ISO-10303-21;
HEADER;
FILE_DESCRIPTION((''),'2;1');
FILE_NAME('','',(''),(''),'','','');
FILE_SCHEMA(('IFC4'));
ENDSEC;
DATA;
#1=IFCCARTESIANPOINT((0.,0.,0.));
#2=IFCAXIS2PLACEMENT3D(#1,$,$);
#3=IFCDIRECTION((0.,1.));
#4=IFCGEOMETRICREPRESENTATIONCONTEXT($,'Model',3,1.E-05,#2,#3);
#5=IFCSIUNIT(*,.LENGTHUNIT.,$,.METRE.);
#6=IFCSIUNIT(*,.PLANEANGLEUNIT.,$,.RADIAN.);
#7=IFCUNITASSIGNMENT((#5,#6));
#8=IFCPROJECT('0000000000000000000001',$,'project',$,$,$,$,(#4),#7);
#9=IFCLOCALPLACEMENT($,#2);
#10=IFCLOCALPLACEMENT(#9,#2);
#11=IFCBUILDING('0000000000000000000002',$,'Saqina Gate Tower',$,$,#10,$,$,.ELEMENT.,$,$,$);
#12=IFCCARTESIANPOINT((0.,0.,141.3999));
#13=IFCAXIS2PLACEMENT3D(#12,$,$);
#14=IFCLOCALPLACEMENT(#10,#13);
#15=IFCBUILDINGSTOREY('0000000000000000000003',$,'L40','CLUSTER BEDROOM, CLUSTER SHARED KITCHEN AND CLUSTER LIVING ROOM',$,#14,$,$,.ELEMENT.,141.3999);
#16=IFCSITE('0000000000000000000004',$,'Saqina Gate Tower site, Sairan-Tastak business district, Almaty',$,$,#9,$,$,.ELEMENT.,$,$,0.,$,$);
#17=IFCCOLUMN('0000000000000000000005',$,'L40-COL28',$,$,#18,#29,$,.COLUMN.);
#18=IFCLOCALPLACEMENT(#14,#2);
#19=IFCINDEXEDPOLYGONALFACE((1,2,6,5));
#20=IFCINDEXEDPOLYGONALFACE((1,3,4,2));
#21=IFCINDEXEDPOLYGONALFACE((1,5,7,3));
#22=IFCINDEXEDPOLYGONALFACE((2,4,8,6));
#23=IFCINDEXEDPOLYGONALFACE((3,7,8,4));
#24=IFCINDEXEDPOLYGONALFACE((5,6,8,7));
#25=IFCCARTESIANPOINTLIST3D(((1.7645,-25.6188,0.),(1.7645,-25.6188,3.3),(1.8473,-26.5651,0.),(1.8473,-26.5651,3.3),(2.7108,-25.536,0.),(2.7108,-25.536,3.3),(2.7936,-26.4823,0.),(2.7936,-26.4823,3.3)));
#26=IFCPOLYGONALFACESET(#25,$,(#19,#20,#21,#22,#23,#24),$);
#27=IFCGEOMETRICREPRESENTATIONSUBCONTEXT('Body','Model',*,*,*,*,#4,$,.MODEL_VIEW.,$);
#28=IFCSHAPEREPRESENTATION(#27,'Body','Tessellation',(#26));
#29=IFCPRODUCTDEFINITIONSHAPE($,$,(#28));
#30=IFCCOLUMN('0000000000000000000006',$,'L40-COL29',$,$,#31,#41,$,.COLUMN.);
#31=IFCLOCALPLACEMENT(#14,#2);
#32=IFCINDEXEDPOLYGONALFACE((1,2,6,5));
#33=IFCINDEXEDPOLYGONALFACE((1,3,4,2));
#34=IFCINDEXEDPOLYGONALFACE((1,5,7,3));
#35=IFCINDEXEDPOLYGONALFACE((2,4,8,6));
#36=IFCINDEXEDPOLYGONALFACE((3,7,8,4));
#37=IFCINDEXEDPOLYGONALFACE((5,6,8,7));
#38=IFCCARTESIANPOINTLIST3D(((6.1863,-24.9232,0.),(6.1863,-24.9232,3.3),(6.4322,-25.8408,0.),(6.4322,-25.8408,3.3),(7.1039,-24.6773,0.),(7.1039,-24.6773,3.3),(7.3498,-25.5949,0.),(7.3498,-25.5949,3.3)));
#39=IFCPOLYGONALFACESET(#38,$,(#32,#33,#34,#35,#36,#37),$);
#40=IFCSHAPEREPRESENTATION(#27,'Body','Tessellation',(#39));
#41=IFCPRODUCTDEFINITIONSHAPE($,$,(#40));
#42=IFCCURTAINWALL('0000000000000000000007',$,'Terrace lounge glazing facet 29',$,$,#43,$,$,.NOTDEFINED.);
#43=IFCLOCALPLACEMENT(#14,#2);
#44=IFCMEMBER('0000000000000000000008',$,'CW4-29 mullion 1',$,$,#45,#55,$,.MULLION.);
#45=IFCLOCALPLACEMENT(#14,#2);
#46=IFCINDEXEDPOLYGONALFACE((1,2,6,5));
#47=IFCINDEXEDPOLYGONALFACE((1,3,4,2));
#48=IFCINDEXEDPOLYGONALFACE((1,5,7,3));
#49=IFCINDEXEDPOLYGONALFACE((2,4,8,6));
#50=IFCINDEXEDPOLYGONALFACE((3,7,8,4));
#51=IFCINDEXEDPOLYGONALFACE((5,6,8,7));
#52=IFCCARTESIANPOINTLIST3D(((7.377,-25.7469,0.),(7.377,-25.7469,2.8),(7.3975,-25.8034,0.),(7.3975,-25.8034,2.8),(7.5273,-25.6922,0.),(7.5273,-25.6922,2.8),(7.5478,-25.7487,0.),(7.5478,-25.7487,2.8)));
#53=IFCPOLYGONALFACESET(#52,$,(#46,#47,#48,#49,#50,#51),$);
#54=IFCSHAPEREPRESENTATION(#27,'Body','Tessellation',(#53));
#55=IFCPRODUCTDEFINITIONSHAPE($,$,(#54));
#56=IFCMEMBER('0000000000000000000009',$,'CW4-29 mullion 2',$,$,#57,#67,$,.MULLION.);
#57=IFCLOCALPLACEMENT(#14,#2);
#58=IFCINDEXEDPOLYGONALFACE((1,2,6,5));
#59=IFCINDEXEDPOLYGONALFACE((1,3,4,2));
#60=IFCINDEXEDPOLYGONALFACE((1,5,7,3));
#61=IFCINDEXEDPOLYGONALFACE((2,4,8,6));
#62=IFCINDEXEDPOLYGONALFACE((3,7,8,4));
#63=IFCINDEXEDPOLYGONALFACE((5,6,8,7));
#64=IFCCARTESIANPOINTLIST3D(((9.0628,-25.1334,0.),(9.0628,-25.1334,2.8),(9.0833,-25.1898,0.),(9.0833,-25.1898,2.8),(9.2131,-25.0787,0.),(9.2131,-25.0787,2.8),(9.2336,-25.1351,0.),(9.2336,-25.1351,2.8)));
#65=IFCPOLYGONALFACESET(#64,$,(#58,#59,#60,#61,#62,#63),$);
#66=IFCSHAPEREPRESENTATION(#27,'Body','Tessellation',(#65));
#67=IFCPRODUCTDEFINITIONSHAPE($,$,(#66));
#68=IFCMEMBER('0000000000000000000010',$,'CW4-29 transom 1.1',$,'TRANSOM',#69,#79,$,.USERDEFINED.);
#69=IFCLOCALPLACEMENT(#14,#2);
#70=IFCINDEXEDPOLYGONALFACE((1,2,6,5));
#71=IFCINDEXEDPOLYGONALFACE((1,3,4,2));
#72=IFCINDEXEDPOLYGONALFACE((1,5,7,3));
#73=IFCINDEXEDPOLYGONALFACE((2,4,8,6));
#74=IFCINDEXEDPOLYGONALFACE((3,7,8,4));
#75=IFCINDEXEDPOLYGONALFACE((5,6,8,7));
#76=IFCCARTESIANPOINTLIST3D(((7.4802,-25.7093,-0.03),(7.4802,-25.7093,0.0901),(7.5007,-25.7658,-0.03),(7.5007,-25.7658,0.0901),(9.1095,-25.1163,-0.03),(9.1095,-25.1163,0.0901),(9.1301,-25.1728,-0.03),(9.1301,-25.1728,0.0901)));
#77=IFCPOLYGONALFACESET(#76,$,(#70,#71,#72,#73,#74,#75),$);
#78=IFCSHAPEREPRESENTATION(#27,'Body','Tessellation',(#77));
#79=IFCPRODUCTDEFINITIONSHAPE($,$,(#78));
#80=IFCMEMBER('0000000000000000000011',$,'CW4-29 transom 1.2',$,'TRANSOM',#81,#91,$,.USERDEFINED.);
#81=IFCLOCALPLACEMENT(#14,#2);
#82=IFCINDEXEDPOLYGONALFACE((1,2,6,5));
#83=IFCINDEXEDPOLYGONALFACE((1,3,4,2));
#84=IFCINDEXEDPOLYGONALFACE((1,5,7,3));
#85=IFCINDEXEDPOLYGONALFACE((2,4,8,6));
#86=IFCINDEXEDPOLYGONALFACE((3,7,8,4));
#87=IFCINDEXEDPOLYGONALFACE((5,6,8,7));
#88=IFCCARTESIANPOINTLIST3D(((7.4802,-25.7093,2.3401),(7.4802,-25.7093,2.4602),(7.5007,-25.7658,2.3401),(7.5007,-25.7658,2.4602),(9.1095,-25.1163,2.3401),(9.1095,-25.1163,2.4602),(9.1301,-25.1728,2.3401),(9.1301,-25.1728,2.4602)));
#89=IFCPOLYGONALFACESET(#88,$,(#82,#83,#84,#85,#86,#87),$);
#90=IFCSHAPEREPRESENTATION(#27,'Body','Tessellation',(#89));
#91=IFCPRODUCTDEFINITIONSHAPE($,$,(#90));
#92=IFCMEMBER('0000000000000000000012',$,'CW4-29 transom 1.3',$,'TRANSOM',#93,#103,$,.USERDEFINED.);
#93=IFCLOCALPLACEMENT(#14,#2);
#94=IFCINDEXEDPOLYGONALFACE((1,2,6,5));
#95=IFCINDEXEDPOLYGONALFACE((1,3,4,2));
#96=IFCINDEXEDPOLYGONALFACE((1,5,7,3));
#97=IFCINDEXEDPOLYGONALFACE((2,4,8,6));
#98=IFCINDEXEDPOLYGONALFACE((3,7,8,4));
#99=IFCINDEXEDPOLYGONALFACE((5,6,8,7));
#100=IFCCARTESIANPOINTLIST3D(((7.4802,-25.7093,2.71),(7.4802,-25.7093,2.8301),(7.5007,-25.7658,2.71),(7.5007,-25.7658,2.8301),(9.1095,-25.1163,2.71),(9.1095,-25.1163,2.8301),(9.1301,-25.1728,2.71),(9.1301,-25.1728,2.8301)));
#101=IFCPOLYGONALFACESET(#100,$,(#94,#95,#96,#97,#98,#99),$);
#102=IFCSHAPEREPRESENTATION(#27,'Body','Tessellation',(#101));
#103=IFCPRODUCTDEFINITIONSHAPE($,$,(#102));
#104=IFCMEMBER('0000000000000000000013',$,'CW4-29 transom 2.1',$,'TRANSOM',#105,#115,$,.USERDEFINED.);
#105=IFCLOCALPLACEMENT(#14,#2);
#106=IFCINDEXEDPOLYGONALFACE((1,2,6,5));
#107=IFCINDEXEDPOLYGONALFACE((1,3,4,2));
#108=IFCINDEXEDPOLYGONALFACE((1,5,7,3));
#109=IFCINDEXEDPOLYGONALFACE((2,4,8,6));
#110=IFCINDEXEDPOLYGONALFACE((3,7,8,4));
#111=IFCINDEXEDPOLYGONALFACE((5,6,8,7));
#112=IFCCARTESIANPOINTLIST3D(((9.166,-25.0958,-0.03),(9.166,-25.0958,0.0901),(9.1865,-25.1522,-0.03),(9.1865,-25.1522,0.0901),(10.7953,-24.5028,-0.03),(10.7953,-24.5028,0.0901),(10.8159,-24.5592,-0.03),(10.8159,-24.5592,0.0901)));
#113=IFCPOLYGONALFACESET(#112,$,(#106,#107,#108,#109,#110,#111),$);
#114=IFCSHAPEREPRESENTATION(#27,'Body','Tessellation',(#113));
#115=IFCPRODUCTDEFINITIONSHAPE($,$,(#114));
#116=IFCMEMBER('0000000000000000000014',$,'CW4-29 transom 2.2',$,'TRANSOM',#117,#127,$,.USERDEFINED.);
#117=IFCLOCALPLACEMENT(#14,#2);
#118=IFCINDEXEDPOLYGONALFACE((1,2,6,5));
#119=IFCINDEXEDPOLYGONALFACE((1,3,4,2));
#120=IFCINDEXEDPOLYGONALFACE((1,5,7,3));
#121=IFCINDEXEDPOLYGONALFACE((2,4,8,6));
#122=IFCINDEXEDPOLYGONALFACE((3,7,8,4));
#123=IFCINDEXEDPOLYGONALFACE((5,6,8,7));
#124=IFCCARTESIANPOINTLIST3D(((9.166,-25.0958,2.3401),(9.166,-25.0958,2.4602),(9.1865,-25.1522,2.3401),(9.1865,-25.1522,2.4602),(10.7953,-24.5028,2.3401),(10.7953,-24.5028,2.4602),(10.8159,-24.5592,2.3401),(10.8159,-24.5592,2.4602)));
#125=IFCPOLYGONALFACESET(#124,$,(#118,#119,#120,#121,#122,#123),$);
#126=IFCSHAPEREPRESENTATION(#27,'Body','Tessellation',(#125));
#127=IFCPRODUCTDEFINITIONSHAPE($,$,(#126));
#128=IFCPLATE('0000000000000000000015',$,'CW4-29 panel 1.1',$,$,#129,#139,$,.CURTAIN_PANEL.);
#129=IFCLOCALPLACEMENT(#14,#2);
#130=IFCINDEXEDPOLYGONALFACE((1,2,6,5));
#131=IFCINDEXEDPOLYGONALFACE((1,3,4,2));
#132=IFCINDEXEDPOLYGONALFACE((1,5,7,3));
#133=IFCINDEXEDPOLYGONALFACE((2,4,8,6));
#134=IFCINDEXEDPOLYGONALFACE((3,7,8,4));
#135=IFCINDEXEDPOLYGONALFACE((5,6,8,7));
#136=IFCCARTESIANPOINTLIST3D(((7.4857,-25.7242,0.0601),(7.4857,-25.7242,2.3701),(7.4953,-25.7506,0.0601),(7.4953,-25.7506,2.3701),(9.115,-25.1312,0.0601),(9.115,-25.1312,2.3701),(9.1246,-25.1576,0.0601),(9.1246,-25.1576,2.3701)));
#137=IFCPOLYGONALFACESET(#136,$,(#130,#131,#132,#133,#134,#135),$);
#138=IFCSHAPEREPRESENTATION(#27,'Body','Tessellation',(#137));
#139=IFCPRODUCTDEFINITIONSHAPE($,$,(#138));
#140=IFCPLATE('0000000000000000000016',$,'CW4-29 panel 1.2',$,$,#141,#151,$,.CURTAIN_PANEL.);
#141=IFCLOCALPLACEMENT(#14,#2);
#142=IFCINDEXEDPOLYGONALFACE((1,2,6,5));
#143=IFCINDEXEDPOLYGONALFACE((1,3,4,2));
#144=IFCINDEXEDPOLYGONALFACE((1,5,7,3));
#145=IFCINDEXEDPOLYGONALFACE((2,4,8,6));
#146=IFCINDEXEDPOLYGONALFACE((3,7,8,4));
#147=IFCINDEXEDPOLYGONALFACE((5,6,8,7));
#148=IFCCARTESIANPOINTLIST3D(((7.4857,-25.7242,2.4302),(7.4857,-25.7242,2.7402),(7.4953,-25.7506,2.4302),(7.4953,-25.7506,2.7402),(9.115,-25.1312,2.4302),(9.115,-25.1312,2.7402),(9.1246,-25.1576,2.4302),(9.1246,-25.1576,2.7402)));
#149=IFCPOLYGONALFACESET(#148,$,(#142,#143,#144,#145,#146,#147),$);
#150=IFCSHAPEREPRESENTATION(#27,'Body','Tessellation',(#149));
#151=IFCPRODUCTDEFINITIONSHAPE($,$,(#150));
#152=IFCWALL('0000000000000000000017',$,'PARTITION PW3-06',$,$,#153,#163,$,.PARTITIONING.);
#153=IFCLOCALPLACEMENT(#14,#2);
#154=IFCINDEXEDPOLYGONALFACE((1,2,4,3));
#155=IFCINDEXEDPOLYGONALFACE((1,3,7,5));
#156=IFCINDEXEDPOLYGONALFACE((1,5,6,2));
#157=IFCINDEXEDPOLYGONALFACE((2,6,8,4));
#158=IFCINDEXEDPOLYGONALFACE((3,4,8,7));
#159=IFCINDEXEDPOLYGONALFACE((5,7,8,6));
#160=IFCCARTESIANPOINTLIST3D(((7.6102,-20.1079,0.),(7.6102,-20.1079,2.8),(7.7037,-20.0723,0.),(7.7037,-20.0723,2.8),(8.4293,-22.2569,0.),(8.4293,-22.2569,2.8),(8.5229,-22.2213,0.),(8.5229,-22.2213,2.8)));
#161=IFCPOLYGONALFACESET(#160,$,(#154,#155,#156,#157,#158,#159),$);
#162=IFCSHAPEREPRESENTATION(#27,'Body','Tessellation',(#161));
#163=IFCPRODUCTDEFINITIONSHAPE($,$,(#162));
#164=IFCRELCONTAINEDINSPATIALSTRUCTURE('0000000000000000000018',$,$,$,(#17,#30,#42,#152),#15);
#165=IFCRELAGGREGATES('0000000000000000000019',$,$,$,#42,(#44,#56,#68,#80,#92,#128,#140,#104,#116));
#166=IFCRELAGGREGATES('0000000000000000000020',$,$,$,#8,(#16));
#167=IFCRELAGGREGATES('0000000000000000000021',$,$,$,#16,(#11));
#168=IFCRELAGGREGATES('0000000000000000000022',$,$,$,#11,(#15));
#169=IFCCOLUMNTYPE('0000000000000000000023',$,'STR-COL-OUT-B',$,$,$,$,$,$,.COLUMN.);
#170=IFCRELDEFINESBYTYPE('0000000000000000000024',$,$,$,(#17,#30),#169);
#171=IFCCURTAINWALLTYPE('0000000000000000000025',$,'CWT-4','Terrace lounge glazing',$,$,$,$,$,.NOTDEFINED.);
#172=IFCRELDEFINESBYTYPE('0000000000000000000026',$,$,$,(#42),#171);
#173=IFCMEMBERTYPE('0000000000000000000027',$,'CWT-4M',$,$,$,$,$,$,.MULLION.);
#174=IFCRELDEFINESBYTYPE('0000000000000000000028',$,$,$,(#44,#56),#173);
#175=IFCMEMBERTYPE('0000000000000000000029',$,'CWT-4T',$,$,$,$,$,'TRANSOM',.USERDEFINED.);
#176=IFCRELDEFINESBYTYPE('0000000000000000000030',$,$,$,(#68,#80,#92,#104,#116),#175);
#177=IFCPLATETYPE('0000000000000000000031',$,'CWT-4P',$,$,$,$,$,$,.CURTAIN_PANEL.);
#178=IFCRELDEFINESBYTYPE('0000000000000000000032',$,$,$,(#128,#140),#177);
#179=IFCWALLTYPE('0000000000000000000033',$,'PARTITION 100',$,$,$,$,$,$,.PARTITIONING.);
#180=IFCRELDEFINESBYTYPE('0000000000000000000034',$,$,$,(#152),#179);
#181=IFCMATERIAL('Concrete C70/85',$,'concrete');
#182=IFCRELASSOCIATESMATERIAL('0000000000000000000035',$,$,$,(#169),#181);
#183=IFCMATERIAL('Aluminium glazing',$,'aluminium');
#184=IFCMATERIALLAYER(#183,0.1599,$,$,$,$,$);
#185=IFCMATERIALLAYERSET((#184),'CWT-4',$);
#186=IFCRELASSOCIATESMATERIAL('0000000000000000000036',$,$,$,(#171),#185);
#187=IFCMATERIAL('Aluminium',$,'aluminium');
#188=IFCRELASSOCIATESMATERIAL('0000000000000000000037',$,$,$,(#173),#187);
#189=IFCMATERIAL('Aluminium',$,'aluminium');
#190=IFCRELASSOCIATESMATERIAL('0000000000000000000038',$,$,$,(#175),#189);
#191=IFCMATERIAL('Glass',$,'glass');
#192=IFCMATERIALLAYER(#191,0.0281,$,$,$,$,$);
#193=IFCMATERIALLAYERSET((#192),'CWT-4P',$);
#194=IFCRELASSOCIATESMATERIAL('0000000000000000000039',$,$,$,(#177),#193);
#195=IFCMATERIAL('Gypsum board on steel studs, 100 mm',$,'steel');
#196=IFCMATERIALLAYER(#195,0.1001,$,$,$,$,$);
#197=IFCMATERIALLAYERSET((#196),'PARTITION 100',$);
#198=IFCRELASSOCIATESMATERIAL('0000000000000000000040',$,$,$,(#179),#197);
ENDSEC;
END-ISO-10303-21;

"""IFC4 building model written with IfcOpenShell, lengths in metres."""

from ifc_helpers import new_model, si_unit, direction, frame, frame_2d, origin, origin_2d, place, context, subcontext, project, spatial, rectangle, extrude, material, layer, layer_set, material_profile, profile_set, type_object, element, aggregate, save


model = new_model("IFC4")

# Units and contexts
model_context = context("Model", 3, precision=1e-05, world=origin(), true_north=direction((0.0, 1.0)))
body_context = subcontext(model_context, "Body", "Model", "MODEL_VIEW")
ifc_project = project(units=[si_unit("LENGTHUNIT", "METRE"), si_unit("PLANEANGLEUNIT", "RADIAN")], contexts=[model_context])

# Site, building, storey
site_placement = place(None, origin())
site = spatial("IfcSite", under=ifc_project, at=site_placement, Name="Saqina Gate Tower site, Sairan-Tastak business district, Almaty", CompositionType="ELEMENT", RefElevation=0.0)
building_placement = place(site_placement, origin())
building = spatial("IfcBuilding", under=site, at=building_placement, Name="Saqina Gate Tower", CompositionType="ELEMENT")
storey_placement = place(building_placement, frame((0.0, 0.0, 141.3999)))
storey = spatial("IfcBuildingStorey", under=building, at=storey_placement, Name="L40", Description="CLUSTER BEDROOM, CLUSTER SHARED KITCHEN AND CLUSTER LIVING ROOM", CompositionType="ELEMENT", Elevation=141.3999)

# Columns
ifc_material_1 = material(Name="Concrete C70/85", Category="concrete")
ifc_material_profile_1 = material_profile(ifc_material_1, rectangle(XDim=0.95, YDim=0.95, at=origin_2d()), Name="RC 950x950")
ifc_profile_set_1 = profile_set([ifc_material_profile_1], Name="Concrete C70/85")
column_type = type_object("IfcColumnType", Name="STR-COL-OUT-B", PredefinedType="COLUMN", material=ifc_profile_set_1)
for number, where, z_axis, x_axis, name in (
    (1, (2.2791, -26.0505, 0.0), (0.0, 0.0, 1.0), (0.087156, -0.996195, 0.0), "L40-COL28"),
    (2, (6.7681, -25.259, 0.0), (0.0, 0.0, 1.0), (0.258819, -0.965926, 0.0), "L40-COL29"),
):
    element("IfcColumn", number, at=place(storey_placement, frame(where, z_axis=z_axis, x_axis=x_axis)), inside=storey, type_object=column_type, Name=name, PredefinedType="COLUMN", context=body_context, shape_type="SweptSolid", body=[
        extrude(rectangle(XDim=0.95, YDim=0.95, at=origin_2d()), origin(), (0.0, 0.0, 1.0), 3.3),
    ])

# Curtain wall, members, plates
ifc_material_2 = material(Name="Aluminium glazing", Category="aluminium")
ifc_layer_1 = layer(ifc_material_2, 0.1599)
ifc_layer_set_1 = layer_set([ifc_layer_1], Name="CWT-4")
curtain_wall_type = type_object("IfcCurtainWallType", Name="CWT-4", Description="Terrace lounge glazing", PredefinedType="NOTDEFINED", material=ifc_layer_set_1)
curtain_wall_placement = place(storey_placement, origin())
curtain_wall = element("IfcCurtainWall", 3, at=curtain_wall_placement, inside=storey, type_object=curtain_wall_type, Name="Terrace lounge glazing facet 29", PredefinedType="NOTDEFINED")
ifc_material_3 = material(Name="Aluminium", Category="aluminium")
ifc_material_profile_2 = material_profile(ifc_material_3, rectangle(XDim=0.0601, YDim=0.1599, at=origin_2d()), Name="Aluminium 60x160")
ifc_profile_set_2 = profile_set([ifc_material_profile_2], Name="Aluminium")
member_type_1 = type_object("IfcMemberType", Name="CWT-4M", PredefinedType="MULLION", material=ifc_profile_set_2)
member_1_placement = place(storey_placement, frame((7.4624, -25.7478, 0.0), z_axis=(0.0, 0.0, 1.0), x_axis=(-0.342016, 0.939694, 0.0)))
member_1 = element("IfcMember", 4, at=member_1_placement, type_object=member_type_1, Name="CW4-29 mullion 1", PredefinedType="MULLION", context=body_context, shape_type="SweptSolid", body=[
    extrude(rectangle(XDim=0.0601, YDim=0.1599, at=origin_2d()), origin(), (0.0, 0.0, 1.0), 2.8),
])
member_2_placement = place(storey_placement, frame((9.1482, -25.1343, 0.0), z_axis=(0.0, 0.0, 1.0), x_axis=(-0.342016, 0.939694, 0.0)))
member_2 = element("IfcMember", 5, at=member_2_placement, type_object=member_type_1, Name="CW4-29 mullion 2", PredefinedType="MULLION", context=body_context, shape_type="SweptSolid", body=[
    extrude(rectangle(XDim=0.0601, YDim=0.1599, at=origin_2d()), origin(), (0.0, 0.0, 1.0), 2.8),
])
ifc_material_4 = material(Name="Aluminium", Category="aluminium")
ifc_material_profile_3 = material_profile(ifc_material_4, rectangle(XDim=0.0601, YDim=0.1201, at=origin_2d()), Name="Aluminium 60x120")
ifc_profile_set_3 = profile_set([ifc_material_profile_3], Name="Aluminium")
member_type_2 = type_object("IfcMemberType", Name="CWT-4T", ElementType="TRANSOM", PredefinedType="USERDEFINED", material=ifc_profile_set_3)
member_3_placement = place(storey_placement, frame((7.4905, -25.7375, 0.03), z_axis=(0.939699, 0.342003, 0.0), x_axis=(-0.342003, 0.939699, 0.0)))
member_3 = element("IfcMember", 6, at=member_3_placement, type_object=member_type_2, Name="CW4-29 transom 1.1", ObjectType="TRANSOM", PredefinedType="USERDEFINED", context=body_context, shape_type="SweptSolid", body=[
    extrude(rectangle(XDim=0.0601, YDim=0.1201, at=origin_2d()), origin(), (0.0, 0.0, 1.0), 1.7339),
])
member_4_placement = place(storey_placement, frame((7.4905, -25.7375, 2.4001), z_axis=(0.939699, 0.342003, 0.0), x_axis=(-0.342003, 0.939699, 0.0)))
member_4 = element("IfcMember", 7, at=member_4_placement, type_object=member_type_2, Name="CW4-29 transom 1.2", ObjectType="TRANSOM", PredefinedType="USERDEFINED", context=body_context, shape_type="SweptSolid", body=[
    extrude(rectangle(XDim=0.0601, YDim=0.1201, at=origin_2d()), origin(), (0.0, 0.0, 1.0), 1.7339),
])
member_5_placement = place(storey_placement, frame((7.4905, -25.7375, 2.77), z_axis=(0.939699, 0.342003, 0.0), x_axis=(-0.342003, 0.939699, 0.0)))
member_5 = element("IfcMember", 8, at=member_5_placement, type_object=member_type_2, Name="CW4-29 transom 1.3", ObjectType="TRANSOM", PredefinedType="USERDEFINED", context=body_context, shape_type="SweptSolid", body=[
    extrude(rectangle(XDim=0.0601, YDim=0.1201, at=origin_2d()), origin(), (0.0, 0.0, 1.0), 1.7339),
])
member_6_placement = place(storey_placement, frame((9.1763, -25.124, 0.03), z_axis=(0.939699, 0.342003, 0.0), x_axis=(-0.342003, 0.939699, 0.0)))
member_6 = element("IfcMember", 9, at=member_6_placement, type_object=member_type_2, Name="CW4-29 transom 2.1", ObjectType="TRANSOM", PredefinedType="USERDEFINED", context=body_context, shape_type="SweptSolid", body=[
    extrude(rectangle(XDim=0.0601, YDim=0.1201, at=origin_2d()), origin(), (0.0, 0.0, 1.0), 1.7339),
])
member_7_placement = place(storey_placement, frame((9.1763, -25.124, 2.4001), z_axis=(0.939699, 0.342003, 0.0), x_axis=(-0.342003, 0.939699, 0.0)))
member_7 = element("IfcMember", 10, at=member_7_placement, type_object=member_type_2, Name="CW4-29 transom 2.2", ObjectType="TRANSOM", PredefinedType="USERDEFINED", context=body_context, shape_type="SweptSolid", body=[
    extrude(rectangle(XDim=0.0601, YDim=0.1201, at=origin_2d()), origin(), (0.0, 0.0, 1.0), 1.7339),
])
ifc_material_5 = material(Name="Glass", Category="glass")
ifc_layer_2 = layer(ifc_material_5, 0.0281)
ifc_layer_set_2 = layer_set([ifc_layer_2], Name="CWT-4P")
plate_type = type_object("IfcPlateType", Name="CWT-4P", PredefinedType="CURTAIN_PANEL", material=ifc_layer_set_2)
plate_1_placement = place(storey_placement, frame((8.3052, -25.4409, 0.0601), z_axis=(0.0, 0.0, 1.0), x_axis=(0.939694, 0.342016, 0.0)))
plate_1 = element("IfcPlate", 11, at=plate_1_placement, type_object=plate_type, Name="CW4-29 panel 1.1", PredefinedType="CURTAIN_PANEL", context=body_context, shape_type="SweptSolid", body=[
    extrude(rectangle(XDim=1.7339, YDim=0.0281, at=origin_2d()), origin(), (0.0, 0.0, 1.0), 2.3101),
])
plate_2_placement = place(storey_placement, frame((8.3052, -25.4409, 2.4302), z_axis=(0.0, 0.0, 1.0), x_axis=(0.939694, 0.342016, 0.0)))
plate_2 = element("IfcPlate", 12, at=plate_2_placement, type_object=plate_type, Name="CW4-29 panel 1.2", PredefinedType="CURTAIN_PANEL", context=body_context, shape_type="SweptSolid", body=[
    extrude(rectangle(XDim=1.7339, YDim=0.0281, at=origin_2d()), origin(), (0.0, 0.0, 1.0), 0.3101),
])
aggregate(curtain_wall, [member_1, member_2, member_3, member_4, member_5, plate_1, plate_2, member_6, member_7])

# Wall
ifc_material_6 = material(Name="Gypsum board on steel studs, 100 mm", Category="steel")
ifc_layer_3 = layer(ifc_material_6, 0.1001)
ifc_layer_set_3 = layer_set([ifc_layer_3], Name="PARTITION 100")
wall_type_1 = type_object("IfcWallType", Name="PARTITION 100", PredefinedType="PARTITIONING", material=ifc_layer_set_3)
wall_1_placement = place(storey_placement, frame((7.657, -20.0901, 0.0), z_axis=(0.0, 0.0, 1.0), x_axis=(0.356167, -0.934422, 0.0)))
element("IfcWall", 13, at=wall_1_placement, inside=storey, type_object=wall_type_1, Name="PARTITION PW3-06", PredefinedType="PARTITIONING", context=body_context, shape_type="SweptSolid", body=[
    extrude(rectangle(XDim=2.2998, YDim=0.1001, at=frame_2d((1.1499, 0.0))), origin(), (0.0, 0.0, 1.0), 2.8),
])

save(model, "model.ifc")
